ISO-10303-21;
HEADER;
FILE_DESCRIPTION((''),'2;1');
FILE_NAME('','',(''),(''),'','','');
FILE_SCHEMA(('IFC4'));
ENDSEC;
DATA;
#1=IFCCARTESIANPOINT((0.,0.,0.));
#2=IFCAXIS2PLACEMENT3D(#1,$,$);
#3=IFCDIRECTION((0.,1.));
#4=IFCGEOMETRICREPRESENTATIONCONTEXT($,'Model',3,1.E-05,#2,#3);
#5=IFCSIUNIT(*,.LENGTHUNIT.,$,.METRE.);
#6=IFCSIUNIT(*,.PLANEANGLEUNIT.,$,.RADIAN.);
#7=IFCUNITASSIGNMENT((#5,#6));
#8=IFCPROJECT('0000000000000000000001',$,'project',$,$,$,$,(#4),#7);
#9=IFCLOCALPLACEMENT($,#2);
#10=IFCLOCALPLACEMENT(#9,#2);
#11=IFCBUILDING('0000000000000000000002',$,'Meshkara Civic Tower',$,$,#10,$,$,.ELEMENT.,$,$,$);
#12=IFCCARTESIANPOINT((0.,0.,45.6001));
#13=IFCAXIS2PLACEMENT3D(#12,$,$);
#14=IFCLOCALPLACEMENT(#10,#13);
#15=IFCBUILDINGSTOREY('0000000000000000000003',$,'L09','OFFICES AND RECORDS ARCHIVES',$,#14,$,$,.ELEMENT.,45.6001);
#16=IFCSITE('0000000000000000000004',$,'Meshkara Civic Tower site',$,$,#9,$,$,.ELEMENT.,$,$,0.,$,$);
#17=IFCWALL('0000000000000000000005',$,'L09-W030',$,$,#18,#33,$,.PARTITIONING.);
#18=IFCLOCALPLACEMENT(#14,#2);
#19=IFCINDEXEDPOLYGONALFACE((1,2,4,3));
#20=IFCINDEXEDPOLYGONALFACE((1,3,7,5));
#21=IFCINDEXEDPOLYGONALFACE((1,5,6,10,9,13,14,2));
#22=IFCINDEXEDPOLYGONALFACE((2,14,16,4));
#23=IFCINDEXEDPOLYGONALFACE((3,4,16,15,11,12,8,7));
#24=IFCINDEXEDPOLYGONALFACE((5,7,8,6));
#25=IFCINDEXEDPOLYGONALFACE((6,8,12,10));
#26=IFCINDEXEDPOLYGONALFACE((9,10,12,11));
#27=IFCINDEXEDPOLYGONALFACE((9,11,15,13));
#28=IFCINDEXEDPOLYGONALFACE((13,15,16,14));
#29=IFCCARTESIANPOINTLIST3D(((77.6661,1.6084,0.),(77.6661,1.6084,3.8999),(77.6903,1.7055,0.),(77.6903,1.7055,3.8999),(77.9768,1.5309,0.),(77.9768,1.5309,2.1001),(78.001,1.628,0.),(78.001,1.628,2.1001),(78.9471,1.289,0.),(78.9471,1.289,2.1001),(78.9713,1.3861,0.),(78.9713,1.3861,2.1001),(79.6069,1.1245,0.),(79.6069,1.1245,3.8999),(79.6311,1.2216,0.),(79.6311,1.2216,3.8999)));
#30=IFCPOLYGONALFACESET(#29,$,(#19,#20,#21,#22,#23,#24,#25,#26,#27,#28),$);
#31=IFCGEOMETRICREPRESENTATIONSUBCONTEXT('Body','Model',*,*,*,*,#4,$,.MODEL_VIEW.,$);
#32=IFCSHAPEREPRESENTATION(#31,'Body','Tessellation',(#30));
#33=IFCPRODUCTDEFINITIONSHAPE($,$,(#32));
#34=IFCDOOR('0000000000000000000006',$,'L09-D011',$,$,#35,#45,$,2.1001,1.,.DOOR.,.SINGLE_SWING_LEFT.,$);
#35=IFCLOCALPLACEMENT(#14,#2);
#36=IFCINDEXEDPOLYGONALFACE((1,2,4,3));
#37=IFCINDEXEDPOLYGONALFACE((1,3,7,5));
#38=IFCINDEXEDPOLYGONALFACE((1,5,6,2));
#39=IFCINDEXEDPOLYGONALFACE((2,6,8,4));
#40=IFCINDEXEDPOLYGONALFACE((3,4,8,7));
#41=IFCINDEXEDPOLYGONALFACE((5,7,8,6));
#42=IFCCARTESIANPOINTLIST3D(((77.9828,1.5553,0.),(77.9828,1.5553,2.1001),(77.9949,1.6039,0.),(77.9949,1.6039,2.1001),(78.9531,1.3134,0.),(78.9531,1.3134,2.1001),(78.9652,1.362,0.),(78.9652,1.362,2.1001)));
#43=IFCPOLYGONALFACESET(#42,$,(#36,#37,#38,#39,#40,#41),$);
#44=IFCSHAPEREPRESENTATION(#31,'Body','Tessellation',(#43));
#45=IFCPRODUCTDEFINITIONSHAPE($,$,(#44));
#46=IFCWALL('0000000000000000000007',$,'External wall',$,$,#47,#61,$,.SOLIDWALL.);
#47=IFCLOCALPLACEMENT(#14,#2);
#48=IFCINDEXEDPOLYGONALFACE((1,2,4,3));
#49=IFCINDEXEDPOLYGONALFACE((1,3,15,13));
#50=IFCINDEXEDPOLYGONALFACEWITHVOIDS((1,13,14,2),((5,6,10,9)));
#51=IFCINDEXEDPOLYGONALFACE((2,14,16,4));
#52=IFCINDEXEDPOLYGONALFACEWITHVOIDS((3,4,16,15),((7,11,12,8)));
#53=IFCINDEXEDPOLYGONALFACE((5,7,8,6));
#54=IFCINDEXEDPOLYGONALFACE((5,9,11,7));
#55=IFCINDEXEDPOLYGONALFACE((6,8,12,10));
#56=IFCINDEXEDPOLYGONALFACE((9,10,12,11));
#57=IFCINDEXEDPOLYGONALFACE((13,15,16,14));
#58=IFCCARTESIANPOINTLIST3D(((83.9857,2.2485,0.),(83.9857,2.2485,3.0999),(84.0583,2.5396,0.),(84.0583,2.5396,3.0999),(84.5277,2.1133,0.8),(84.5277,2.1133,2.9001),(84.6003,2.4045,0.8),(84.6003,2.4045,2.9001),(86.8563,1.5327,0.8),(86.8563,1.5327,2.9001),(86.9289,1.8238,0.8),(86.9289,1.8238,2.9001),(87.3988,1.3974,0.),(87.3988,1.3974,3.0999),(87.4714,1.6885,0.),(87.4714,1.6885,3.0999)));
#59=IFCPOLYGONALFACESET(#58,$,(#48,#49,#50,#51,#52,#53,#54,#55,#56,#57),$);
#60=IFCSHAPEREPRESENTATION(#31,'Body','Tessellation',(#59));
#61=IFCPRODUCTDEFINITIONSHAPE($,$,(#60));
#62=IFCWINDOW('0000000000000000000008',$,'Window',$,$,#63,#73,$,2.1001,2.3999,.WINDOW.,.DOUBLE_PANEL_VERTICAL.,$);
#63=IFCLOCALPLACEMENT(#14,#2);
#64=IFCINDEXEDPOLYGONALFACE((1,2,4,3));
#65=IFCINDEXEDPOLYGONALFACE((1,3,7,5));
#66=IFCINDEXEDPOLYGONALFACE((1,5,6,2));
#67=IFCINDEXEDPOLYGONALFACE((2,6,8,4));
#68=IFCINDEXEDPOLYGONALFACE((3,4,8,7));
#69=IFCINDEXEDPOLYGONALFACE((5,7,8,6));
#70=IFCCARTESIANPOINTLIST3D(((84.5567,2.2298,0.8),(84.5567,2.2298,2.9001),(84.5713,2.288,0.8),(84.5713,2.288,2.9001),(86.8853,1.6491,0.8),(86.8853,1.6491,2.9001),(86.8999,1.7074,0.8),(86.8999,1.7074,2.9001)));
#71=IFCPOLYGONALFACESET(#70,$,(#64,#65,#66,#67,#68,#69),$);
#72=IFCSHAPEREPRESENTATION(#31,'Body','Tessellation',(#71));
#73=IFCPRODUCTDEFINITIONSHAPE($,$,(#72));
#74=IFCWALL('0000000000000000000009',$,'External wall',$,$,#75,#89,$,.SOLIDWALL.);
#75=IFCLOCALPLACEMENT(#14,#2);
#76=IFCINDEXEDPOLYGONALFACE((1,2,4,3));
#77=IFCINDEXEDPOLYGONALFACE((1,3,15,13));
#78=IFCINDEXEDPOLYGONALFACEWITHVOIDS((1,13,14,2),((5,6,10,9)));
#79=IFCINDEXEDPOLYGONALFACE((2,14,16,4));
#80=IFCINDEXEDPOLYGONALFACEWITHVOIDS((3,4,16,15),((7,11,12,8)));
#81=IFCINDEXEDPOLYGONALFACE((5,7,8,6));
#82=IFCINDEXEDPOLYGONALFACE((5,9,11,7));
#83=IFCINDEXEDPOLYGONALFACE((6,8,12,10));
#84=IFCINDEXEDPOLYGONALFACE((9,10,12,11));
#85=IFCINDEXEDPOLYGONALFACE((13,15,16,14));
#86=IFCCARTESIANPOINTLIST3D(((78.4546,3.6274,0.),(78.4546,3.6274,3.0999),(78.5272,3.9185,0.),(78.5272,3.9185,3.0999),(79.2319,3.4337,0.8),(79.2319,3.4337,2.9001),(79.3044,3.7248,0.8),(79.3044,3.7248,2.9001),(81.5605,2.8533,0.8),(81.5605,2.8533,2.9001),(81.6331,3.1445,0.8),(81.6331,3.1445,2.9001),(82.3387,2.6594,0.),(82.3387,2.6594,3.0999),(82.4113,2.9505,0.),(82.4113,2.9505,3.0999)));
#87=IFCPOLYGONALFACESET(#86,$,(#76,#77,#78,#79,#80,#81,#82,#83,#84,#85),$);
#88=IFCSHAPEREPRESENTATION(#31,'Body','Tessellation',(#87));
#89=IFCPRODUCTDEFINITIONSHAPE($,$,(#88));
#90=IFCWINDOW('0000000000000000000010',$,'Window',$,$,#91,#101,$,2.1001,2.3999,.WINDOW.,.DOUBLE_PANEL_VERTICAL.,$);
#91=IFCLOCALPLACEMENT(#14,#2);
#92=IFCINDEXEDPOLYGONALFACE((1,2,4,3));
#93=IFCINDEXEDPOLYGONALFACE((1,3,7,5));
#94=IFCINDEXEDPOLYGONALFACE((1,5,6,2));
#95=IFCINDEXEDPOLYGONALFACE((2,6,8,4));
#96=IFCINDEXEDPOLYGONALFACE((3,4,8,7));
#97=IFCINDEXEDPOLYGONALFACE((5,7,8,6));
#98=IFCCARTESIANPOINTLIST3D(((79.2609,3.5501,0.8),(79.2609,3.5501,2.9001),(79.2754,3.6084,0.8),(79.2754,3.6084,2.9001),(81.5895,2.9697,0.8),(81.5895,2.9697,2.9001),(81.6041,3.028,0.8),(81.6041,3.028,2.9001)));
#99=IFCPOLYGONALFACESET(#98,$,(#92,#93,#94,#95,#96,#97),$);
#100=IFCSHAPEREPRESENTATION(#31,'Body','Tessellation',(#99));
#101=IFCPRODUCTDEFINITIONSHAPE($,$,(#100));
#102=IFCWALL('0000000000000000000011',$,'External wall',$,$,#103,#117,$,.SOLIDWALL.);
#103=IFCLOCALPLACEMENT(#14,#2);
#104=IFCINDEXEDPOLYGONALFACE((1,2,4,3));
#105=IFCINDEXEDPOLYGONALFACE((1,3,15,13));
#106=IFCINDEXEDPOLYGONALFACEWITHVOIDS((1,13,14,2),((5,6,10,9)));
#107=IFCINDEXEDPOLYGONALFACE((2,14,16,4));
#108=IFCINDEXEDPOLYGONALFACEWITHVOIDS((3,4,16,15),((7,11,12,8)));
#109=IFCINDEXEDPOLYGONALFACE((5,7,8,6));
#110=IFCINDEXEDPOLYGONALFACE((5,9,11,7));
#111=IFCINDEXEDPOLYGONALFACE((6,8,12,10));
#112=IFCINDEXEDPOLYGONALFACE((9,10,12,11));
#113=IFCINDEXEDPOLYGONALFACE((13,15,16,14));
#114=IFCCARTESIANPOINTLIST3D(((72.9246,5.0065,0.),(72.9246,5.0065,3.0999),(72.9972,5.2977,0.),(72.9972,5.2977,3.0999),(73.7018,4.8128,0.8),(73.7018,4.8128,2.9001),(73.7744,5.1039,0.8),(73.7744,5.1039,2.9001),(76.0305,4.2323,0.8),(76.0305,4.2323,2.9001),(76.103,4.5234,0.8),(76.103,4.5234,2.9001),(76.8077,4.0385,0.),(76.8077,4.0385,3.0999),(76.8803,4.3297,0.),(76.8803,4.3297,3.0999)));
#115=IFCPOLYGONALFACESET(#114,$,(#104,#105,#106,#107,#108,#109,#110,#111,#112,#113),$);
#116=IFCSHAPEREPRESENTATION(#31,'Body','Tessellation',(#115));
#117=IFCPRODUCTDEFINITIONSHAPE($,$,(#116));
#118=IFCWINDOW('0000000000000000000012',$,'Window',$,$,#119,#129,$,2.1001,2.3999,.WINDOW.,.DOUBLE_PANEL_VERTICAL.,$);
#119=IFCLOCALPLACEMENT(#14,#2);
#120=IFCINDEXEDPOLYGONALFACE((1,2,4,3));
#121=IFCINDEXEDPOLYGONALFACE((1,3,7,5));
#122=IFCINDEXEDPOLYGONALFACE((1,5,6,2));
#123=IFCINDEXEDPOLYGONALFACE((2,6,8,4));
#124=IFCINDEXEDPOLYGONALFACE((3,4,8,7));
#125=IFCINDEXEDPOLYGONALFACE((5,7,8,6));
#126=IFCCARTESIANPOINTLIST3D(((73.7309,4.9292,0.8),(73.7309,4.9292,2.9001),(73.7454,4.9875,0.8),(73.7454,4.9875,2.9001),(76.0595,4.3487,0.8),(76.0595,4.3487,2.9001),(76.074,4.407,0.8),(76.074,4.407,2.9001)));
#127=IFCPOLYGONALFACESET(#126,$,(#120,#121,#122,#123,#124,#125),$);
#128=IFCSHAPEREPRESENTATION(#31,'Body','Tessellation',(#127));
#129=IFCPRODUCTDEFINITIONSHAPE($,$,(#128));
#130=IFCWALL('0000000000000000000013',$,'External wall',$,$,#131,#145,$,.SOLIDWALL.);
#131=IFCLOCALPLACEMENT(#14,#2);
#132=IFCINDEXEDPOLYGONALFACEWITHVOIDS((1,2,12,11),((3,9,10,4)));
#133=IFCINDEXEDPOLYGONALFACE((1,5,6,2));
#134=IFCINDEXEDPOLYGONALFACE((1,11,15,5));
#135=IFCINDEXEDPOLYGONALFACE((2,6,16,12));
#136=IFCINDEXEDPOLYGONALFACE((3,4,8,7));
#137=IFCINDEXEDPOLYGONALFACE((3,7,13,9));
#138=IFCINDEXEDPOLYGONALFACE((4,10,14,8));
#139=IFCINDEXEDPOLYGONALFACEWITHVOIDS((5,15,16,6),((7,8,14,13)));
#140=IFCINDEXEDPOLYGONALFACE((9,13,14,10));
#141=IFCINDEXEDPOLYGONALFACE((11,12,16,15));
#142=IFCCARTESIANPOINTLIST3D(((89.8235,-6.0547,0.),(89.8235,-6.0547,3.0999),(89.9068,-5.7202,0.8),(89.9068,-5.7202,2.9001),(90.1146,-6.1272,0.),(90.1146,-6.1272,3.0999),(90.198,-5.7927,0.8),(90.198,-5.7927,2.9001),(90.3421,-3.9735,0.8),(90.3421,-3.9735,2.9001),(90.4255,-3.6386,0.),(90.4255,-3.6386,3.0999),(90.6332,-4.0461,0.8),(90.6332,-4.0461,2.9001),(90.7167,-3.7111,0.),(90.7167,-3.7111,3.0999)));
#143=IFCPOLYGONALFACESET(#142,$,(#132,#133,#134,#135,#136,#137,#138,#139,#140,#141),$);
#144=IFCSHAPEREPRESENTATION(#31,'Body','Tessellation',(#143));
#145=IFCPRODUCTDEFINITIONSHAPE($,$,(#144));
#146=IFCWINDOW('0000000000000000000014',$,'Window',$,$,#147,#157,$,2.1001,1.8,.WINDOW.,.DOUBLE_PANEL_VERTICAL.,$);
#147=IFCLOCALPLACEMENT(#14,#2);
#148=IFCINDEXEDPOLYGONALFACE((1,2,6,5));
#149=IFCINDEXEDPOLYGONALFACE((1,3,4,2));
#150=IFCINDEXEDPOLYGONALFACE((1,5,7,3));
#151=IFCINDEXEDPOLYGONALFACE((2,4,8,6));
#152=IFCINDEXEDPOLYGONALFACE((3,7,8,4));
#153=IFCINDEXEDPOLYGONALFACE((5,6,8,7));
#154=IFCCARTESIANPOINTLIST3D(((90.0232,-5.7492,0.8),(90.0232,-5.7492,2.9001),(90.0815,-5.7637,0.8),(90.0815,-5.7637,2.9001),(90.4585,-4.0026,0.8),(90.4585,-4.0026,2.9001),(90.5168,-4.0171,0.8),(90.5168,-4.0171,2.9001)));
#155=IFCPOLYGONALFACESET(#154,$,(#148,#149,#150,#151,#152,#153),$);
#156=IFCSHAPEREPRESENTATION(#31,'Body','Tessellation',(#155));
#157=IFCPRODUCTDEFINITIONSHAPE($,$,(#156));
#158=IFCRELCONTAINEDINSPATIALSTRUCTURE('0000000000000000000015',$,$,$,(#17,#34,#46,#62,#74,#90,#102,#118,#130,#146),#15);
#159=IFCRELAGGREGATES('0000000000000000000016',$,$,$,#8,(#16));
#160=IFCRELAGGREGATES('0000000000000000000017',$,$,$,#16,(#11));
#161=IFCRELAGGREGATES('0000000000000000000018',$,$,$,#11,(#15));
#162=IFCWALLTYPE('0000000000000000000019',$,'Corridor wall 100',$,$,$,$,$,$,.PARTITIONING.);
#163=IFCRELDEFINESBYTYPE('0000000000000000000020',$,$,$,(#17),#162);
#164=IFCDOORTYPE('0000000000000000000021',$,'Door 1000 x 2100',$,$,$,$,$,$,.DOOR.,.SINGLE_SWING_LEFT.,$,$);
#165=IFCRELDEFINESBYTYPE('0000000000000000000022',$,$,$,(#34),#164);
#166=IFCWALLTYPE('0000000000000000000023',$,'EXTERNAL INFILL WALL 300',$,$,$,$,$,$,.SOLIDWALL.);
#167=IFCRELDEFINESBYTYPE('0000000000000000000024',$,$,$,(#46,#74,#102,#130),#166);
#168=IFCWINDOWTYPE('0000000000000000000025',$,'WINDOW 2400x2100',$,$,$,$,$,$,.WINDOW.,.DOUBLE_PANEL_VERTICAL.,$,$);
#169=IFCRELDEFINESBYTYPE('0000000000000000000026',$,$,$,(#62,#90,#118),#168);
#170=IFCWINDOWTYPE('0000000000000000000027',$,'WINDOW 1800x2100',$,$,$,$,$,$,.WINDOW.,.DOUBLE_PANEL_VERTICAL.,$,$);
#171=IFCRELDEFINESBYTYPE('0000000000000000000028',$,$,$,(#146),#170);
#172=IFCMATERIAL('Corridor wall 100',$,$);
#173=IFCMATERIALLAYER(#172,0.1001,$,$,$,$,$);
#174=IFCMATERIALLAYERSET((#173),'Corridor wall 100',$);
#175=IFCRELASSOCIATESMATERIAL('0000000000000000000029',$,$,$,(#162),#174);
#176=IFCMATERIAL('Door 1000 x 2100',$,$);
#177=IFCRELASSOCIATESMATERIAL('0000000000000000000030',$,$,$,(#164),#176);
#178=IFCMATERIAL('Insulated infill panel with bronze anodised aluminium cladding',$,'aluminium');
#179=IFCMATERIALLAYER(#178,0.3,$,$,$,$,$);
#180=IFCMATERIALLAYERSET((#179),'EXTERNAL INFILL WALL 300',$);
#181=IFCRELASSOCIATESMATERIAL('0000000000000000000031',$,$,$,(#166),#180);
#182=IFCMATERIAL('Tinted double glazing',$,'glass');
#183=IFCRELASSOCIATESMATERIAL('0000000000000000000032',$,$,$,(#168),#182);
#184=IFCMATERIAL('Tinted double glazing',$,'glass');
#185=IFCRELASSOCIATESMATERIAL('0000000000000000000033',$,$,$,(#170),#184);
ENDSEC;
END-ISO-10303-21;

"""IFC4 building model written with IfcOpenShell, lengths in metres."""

from ifc_helpers import new_model, si_unit, direction, frame, frame_2d, origin, place, context, subcontext, project, spatial, rectangle, extrude, material, layer, layer_set, type_object, element, fill, save


model = new_model("IFC4")

# Units and contexts
model_context = context("Model", 3, precision=1e-05, world=origin(), true_north=direction((0.0, 1.0)))
body_context = subcontext(model_context, "Body", "Model", "MODEL_VIEW")
ifc_project = project(units=[si_unit("LENGTHUNIT", "METRE"), si_unit("PLANEANGLEUNIT", "RADIAN")], contexts=[model_context])

# Site, building, storey
site_placement = place(None, origin())
site = spatial("IfcSite", under=ifc_project, at=site_placement, Name="Meshkara Civic Tower site", CompositionType="ELEMENT", RefElevation=0.0)
building_placement = place(site_placement, origin())
building = spatial("IfcBuilding", under=site, at=building_placement, Name="Meshkara Civic Tower", CompositionType="ELEMENT")
storey_placement = place(building_placement, frame((0.0, 0.0, 45.6001)))
storey = spatial("IfcBuildingStorey", under=building, at=storey_placement, Name="L09", Description="OFFICES AND RECORDS ARCHIVES", CompositionType="ELEMENT", Elevation=45.6001)

# Shared definitions
ifc_material_1 = material(Name="Corridor wall 100")
ifc_layer_1 = layer(ifc_material_1, 0.1001)
ifc_layer_set_1 = layer_set([ifc_layer_1], Name="Corridor wall 100")
wall_type_1 = type_object("IfcWallType", Name="Corridor wall 100", PredefinedType="PARTITIONING", material=ifc_layer_set_1)
ifc_material_2 = material(Name="Door 1000 x 2100")
door_type = type_object("IfcDoorType", Name="Door 1000 x 2100", OperationType="SINGLE_SWING_LEFT", PredefinedType="DOOR", material=ifc_material_2)

# Wall, opening, door
wall_1_placement = place(storey_placement, frame((79.6189, 1.1731, 0.0), z_axis=(0.0, 0.0, 1.0), x_axis=(-0.9703, 0.241904, 0.0)))
wall_1 = element("IfcWall", 1, at=wall_1_placement, inside=storey, type_object=wall_type_1, Name="L09-W030", PredefinedType="PARTITIONING", context=body_context, shape_type="SweptSolid", body=[
    extrude(rectangle(XDim=2.0002, YDim=0.1001, at=frame_2d((1.0, 0.0))), origin(), (0.0, 0.0, 1.0), 3.8999),
])
opening_1_placement = place(wall_1_placement, frame((0.6799, 0.0, 0.0)))
opening_1 = element("IfcOpeningElement", 2, at=opening_1_placement, cuts=wall_1, PredefinedType="OPENING", context=body_context, shape_type="SweptSolid", body=[
    extrude(rectangle(XDim=1.0, YDim=2.1001, at=frame_2d((0.5, 1.05))), frame((0.0, 0.0601, 0.0), z_axis=(0.0, -1.0, 0.0), x_axis=(1.0, 0.0, 0.0)), (0.0, 0.0, 1.0), 0.1201),
])
door_1_placement = place(opening_1_placement, origin())
door_1 = element("IfcDoor", 3, at=door_1_placement, inside=storey, type_object=door_type, Name="L09-D011", OperationType="SINGLE_SWING_LEFT", OverallHeight=2.1001, OverallWidth=1.0, PredefinedType="DOOR", context=body_context, shape_type="SweptSolid", body=[
    extrude(rectangle(XDim=1.0, YDim=2.1001, at=frame_2d((0.5, 1.05))), frame((0.0, 0.0249, 0.0), z_axis=(0.0, -1.0, 0.0), x_axis=(1.0, 0.0, 0.0)), (0.0, 0.0, 1.0), 0.05),
])
fill(opening_1, door_1)

# Walls, openings, windows
ifc_material_3 = material(Name="Insulated infill panel with bronze anodised aluminium cladding", Category="aluminium")
ifc_layer_2 = layer(ifc_material_3, 0.3)
ifc_layer_set_2 = layer_set([ifc_layer_2], Name="EXTERNAL INFILL WALL 300")
wall_type_2 = type_object("IfcWallType", Name="EXTERNAL INFILL WALL 300", PredefinedType="SOLIDWALL", material=ifc_layer_set_2)
wall_2_placement = place(storey_placement, frame((87.4351, 1.543, 0.0), z_axis=(0.0, 0.0, 1.0), x_axis=(-0.970289, 0.241948, 0.0)))
wall_2 = element("IfcWall", 4, at=wall_2_placement, inside=storey, type_object=wall_type_2, Name="External wall", PredefinedType="SOLIDWALL", context=body_context, shape_type="SweptSolid", body=[
    extrude(rectangle(XDim=3.5176, YDim=0.3, at=frame_2d((1.7588, 0.0))), origin(), (0.0, 0.0, 1.0), 3.0999),
])
opening_2_placement = place(wall_2_placement, frame((0.5591, 0.0, 0.8)))
opening_2 = element("IfcOpeningElement", 5, at=opening_2_placement, cuts=wall_2, PredefinedType="OPENING", context=body_context, shape_type="SweptSolid", body=[
    extrude(rectangle(XDim=2.3999, YDim=2.1001, at=frame_2d((1.2, 1.05))), frame((0.0, 0.1599, 0.0), z_axis=(0.0, -1.0, 0.0), x_axis=(1.0, 0.0, 0.0)), (0.0, 0.0, 1.0), 0.3201),
])
ifc_material_4 = material(Name="Tinted double glazing", Category="glass")
window_type_1 = type_object("IfcWindowType", Name="WINDOW 2400x2100", PartitioningType="DOUBLE_PANEL_VERTICAL", PredefinedType="WINDOW", material=ifc_material_4)
window_1_placement = place(opening_2_placement, origin())
window_1 = element("IfcWindow", 6, at=window_1_placement, inside=storey, type_object=window_type_1, Name="Window", OverallHeight=2.1001, OverallWidth=2.3999, PartitioningType="DOUBLE_PANEL_VERTICAL", PredefinedType="WINDOW", context=body_context, shape_type="SweptSolid", body=[
    extrude(rectangle(XDim=2.3999, YDim=2.1001, at=frame_2d((1.2, 1.05))), frame((0.0, 0.03, 0.0), z_axis=(0.0, -1.0, 0.0), x_axis=(1.0, 0.0, 0.0)), (0.0, 0.0, 1.0), 0.0601),
])
fill(opening_2, window_1)
wall_3_placement = place(storey_placement, frame((82.375, 2.8049, 0.0), z_axis=(0.0, 0.0, 1.0), x_axis=(-0.970318, 0.241832, 0.0)))
wall_3 = element("IfcWall", 7, at=wall_3_placement, inside=storey, type_object=wall_type_2, Name="External wall", PredefinedType="SOLIDWALL", context=body_context, shape_type="SweptSolid", body=[
    extrude(rectangle(XDim=4.0029, YDim=0.3, at=frame_2d((2.0015, 0.0))), origin(), (0.0, 0.0, 1.0), 3.0999),
])
opening_3_placement = place(wall_3_placement, frame((0.802, 0.0, 0.8)))
opening_3 = element("IfcOpeningElement", 8, at=opening_3_placement, cuts=wall_3, PredefinedType="OPENING", context=body_context, shape_type="SweptSolid", body=[
    extrude(rectangle(XDim=2.3999, YDim=2.1001, at=frame_2d((1.2, 1.05))), frame((0.0, 0.1599, 0.0), z_axis=(0.0, -1.0, 0.0), x_axis=(1.0, 0.0, 0.0)), (0.0, 0.0, 1.0), 0.3201),
])
window_2_placement = place(opening_3_placement, origin())
window_2 = element("IfcWindow", 9, at=window_2_placement, inside=storey, type_object=window_type_1, Name="Window", OverallHeight=2.1001, OverallWidth=2.3999, PartitioningType="DOUBLE_PANEL_VERTICAL", PredefinedType="WINDOW", context=body_context, shape_type="SweptSolid", body=[
    extrude(rectangle(XDim=2.3999, YDim=2.1001, at=frame_2d((1.2, 1.05))), frame((0.0, 0.03, 0.0), z_axis=(0.0, -1.0, 0.0), x_axis=(1.0, 0.0, 0.0)), (0.0, 0.0, 1.0), 0.0601),
])
fill(opening_3, window_2)
wall_4_placement = place(storey_placement, frame((76.844, 4.1841, 0.0), z_axis=(0.0, 0.0, 1.0), x_axis=(-0.970304, 0.24189, 0.0)))
wall_4 = element("IfcWall", 10, at=wall_4_placement, inside=storey, type_object=wall_type_2, Name="External wall", PredefinedType="SOLIDWALL", context=body_context, shape_type="SweptSolid", body=[
    extrude(rectangle(XDim=4.002, YDim=0.3, at=frame_2d((2.001, 0.0))), origin(), (0.0, 0.0, 1.0), 3.0999),
])
opening_4_placement = place(wall_4_placement, frame((0.801, 0.0, 0.8)))
opening_4 = element("IfcOpeningElement", 11, at=opening_4_placement, cuts=wall_4, PredefinedType="OPENING", context=body_context, shape_type="SweptSolid", body=[
    extrude(rectangle(XDim=2.3999, YDim=2.1001, at=frame_2d((1.2, 1.05))), frame((0.0, 0.1599, 0.0), z_axis=(0.0, -1.0, 0.0), x_axis=(1.0, 0.0, 0.0)), (0.0, 0.0, 1.0), 0.3201),
])
window_3_placement = place(opening_4_placement, origin())
window_3 = element("IfcWindow", 12, at=window_3_placement, inside=storey, type_object=window_type_1, Name="Window", OverallHeight=2.1001, OverallWidth=2.3999, PartitioningType="DOUBLE_PANEL_VERTICAL", PredefinedType="WINDOW", context=body_context, shape_type="SweptSolid", body=[
    extrude(rectangle(XDim=2.3999, YDim=2.1001, at=frame_2d((1.2, 1.05))), frame((0.0, 0.03, 0.0), z_axis=(0.0, -1.0, 0.0), x_axis=(1.0, 0.0, 0.0)), (0.0, 0.0, 1.0), 0.0601),
])
fill(opening_4, window_3)
wall_5_placement = place(storey_placement, frame((89.969, -6.0911, 0.0), z_axis=(0.0, 0.0, 1.0), x_axis=(0.241797, 0.970327, 0.0)))
wall_5 = element("IfcWall", 13, at=wall_5_placement, inside=storey, type_object=wall_type_2, Name="External wall", PredefinedType="SOLIDWALL", context=body_context, shape_type="SweptSolid", body=[
    extrude(rectangle(XDim=2.49, YDim=0.3, at=frame_2d((1.2451, 0.0))), origin(), (0.0, 0.0, 1.0), 3.0999),
])
opening_5_placement = place(wall_5_placement, frame((0.345, 0.0, 0.8)))
opening_5 = element("IfcOpeningElement", 14, at=opening_5_placement, cuts=wall_5, PredefinedType="OPENING", context=body_context, shape_type="SweptSolid", body=[
    extrude(rectangle(XDim=1.8, YDim=2.1001, at=frame_2d((0.8999, 1.05))), frame((0.0, 0.1599, 0.0), z_axis=(0.0, -1.0, 0.0), x_axis=(1.0, 0.0, 0.0)), (0.0, 0.0, 1.0), 0.3201),
])
ifc_material_5 = material(Name="Tinted double glazing", Category="glass")
window_type_2 = type_object("IfcWindowType", Name="WINDOW 1800x2100", PartitioningType="DOUBLE_PANEL_VERTICAL", PredefinedType="WINDOW", material=ifc_material_5)
window_4_placement = place(opening_5_placement, origin())
window_4 = element("IfcWindow", 15, at=window_4_placement, inside=storey, type_object=window_type_2, Name="Window", OverallHeight=2.1001, OverallWidth=1.8, PartitioningType="DOUBLE_PANEL_VERTICAL", PredefinedType="WINDOW", context=body_context, shape_type="SweptSolid", body=[
    extrude(rectangle(XDim=1.8, YDim=2.1001, at=frame_2d((0.8999, 1.05))), frame((0.0, 0.03, 0.0), z_axis=(0.0, -1.0, 0.0), x_axis=(1.0, 0.0, 0.0)), (0.0, 0.0, 1.0), 0.0601),
])
fill(opening_5, window_4)

save(model, "model.ifc")
